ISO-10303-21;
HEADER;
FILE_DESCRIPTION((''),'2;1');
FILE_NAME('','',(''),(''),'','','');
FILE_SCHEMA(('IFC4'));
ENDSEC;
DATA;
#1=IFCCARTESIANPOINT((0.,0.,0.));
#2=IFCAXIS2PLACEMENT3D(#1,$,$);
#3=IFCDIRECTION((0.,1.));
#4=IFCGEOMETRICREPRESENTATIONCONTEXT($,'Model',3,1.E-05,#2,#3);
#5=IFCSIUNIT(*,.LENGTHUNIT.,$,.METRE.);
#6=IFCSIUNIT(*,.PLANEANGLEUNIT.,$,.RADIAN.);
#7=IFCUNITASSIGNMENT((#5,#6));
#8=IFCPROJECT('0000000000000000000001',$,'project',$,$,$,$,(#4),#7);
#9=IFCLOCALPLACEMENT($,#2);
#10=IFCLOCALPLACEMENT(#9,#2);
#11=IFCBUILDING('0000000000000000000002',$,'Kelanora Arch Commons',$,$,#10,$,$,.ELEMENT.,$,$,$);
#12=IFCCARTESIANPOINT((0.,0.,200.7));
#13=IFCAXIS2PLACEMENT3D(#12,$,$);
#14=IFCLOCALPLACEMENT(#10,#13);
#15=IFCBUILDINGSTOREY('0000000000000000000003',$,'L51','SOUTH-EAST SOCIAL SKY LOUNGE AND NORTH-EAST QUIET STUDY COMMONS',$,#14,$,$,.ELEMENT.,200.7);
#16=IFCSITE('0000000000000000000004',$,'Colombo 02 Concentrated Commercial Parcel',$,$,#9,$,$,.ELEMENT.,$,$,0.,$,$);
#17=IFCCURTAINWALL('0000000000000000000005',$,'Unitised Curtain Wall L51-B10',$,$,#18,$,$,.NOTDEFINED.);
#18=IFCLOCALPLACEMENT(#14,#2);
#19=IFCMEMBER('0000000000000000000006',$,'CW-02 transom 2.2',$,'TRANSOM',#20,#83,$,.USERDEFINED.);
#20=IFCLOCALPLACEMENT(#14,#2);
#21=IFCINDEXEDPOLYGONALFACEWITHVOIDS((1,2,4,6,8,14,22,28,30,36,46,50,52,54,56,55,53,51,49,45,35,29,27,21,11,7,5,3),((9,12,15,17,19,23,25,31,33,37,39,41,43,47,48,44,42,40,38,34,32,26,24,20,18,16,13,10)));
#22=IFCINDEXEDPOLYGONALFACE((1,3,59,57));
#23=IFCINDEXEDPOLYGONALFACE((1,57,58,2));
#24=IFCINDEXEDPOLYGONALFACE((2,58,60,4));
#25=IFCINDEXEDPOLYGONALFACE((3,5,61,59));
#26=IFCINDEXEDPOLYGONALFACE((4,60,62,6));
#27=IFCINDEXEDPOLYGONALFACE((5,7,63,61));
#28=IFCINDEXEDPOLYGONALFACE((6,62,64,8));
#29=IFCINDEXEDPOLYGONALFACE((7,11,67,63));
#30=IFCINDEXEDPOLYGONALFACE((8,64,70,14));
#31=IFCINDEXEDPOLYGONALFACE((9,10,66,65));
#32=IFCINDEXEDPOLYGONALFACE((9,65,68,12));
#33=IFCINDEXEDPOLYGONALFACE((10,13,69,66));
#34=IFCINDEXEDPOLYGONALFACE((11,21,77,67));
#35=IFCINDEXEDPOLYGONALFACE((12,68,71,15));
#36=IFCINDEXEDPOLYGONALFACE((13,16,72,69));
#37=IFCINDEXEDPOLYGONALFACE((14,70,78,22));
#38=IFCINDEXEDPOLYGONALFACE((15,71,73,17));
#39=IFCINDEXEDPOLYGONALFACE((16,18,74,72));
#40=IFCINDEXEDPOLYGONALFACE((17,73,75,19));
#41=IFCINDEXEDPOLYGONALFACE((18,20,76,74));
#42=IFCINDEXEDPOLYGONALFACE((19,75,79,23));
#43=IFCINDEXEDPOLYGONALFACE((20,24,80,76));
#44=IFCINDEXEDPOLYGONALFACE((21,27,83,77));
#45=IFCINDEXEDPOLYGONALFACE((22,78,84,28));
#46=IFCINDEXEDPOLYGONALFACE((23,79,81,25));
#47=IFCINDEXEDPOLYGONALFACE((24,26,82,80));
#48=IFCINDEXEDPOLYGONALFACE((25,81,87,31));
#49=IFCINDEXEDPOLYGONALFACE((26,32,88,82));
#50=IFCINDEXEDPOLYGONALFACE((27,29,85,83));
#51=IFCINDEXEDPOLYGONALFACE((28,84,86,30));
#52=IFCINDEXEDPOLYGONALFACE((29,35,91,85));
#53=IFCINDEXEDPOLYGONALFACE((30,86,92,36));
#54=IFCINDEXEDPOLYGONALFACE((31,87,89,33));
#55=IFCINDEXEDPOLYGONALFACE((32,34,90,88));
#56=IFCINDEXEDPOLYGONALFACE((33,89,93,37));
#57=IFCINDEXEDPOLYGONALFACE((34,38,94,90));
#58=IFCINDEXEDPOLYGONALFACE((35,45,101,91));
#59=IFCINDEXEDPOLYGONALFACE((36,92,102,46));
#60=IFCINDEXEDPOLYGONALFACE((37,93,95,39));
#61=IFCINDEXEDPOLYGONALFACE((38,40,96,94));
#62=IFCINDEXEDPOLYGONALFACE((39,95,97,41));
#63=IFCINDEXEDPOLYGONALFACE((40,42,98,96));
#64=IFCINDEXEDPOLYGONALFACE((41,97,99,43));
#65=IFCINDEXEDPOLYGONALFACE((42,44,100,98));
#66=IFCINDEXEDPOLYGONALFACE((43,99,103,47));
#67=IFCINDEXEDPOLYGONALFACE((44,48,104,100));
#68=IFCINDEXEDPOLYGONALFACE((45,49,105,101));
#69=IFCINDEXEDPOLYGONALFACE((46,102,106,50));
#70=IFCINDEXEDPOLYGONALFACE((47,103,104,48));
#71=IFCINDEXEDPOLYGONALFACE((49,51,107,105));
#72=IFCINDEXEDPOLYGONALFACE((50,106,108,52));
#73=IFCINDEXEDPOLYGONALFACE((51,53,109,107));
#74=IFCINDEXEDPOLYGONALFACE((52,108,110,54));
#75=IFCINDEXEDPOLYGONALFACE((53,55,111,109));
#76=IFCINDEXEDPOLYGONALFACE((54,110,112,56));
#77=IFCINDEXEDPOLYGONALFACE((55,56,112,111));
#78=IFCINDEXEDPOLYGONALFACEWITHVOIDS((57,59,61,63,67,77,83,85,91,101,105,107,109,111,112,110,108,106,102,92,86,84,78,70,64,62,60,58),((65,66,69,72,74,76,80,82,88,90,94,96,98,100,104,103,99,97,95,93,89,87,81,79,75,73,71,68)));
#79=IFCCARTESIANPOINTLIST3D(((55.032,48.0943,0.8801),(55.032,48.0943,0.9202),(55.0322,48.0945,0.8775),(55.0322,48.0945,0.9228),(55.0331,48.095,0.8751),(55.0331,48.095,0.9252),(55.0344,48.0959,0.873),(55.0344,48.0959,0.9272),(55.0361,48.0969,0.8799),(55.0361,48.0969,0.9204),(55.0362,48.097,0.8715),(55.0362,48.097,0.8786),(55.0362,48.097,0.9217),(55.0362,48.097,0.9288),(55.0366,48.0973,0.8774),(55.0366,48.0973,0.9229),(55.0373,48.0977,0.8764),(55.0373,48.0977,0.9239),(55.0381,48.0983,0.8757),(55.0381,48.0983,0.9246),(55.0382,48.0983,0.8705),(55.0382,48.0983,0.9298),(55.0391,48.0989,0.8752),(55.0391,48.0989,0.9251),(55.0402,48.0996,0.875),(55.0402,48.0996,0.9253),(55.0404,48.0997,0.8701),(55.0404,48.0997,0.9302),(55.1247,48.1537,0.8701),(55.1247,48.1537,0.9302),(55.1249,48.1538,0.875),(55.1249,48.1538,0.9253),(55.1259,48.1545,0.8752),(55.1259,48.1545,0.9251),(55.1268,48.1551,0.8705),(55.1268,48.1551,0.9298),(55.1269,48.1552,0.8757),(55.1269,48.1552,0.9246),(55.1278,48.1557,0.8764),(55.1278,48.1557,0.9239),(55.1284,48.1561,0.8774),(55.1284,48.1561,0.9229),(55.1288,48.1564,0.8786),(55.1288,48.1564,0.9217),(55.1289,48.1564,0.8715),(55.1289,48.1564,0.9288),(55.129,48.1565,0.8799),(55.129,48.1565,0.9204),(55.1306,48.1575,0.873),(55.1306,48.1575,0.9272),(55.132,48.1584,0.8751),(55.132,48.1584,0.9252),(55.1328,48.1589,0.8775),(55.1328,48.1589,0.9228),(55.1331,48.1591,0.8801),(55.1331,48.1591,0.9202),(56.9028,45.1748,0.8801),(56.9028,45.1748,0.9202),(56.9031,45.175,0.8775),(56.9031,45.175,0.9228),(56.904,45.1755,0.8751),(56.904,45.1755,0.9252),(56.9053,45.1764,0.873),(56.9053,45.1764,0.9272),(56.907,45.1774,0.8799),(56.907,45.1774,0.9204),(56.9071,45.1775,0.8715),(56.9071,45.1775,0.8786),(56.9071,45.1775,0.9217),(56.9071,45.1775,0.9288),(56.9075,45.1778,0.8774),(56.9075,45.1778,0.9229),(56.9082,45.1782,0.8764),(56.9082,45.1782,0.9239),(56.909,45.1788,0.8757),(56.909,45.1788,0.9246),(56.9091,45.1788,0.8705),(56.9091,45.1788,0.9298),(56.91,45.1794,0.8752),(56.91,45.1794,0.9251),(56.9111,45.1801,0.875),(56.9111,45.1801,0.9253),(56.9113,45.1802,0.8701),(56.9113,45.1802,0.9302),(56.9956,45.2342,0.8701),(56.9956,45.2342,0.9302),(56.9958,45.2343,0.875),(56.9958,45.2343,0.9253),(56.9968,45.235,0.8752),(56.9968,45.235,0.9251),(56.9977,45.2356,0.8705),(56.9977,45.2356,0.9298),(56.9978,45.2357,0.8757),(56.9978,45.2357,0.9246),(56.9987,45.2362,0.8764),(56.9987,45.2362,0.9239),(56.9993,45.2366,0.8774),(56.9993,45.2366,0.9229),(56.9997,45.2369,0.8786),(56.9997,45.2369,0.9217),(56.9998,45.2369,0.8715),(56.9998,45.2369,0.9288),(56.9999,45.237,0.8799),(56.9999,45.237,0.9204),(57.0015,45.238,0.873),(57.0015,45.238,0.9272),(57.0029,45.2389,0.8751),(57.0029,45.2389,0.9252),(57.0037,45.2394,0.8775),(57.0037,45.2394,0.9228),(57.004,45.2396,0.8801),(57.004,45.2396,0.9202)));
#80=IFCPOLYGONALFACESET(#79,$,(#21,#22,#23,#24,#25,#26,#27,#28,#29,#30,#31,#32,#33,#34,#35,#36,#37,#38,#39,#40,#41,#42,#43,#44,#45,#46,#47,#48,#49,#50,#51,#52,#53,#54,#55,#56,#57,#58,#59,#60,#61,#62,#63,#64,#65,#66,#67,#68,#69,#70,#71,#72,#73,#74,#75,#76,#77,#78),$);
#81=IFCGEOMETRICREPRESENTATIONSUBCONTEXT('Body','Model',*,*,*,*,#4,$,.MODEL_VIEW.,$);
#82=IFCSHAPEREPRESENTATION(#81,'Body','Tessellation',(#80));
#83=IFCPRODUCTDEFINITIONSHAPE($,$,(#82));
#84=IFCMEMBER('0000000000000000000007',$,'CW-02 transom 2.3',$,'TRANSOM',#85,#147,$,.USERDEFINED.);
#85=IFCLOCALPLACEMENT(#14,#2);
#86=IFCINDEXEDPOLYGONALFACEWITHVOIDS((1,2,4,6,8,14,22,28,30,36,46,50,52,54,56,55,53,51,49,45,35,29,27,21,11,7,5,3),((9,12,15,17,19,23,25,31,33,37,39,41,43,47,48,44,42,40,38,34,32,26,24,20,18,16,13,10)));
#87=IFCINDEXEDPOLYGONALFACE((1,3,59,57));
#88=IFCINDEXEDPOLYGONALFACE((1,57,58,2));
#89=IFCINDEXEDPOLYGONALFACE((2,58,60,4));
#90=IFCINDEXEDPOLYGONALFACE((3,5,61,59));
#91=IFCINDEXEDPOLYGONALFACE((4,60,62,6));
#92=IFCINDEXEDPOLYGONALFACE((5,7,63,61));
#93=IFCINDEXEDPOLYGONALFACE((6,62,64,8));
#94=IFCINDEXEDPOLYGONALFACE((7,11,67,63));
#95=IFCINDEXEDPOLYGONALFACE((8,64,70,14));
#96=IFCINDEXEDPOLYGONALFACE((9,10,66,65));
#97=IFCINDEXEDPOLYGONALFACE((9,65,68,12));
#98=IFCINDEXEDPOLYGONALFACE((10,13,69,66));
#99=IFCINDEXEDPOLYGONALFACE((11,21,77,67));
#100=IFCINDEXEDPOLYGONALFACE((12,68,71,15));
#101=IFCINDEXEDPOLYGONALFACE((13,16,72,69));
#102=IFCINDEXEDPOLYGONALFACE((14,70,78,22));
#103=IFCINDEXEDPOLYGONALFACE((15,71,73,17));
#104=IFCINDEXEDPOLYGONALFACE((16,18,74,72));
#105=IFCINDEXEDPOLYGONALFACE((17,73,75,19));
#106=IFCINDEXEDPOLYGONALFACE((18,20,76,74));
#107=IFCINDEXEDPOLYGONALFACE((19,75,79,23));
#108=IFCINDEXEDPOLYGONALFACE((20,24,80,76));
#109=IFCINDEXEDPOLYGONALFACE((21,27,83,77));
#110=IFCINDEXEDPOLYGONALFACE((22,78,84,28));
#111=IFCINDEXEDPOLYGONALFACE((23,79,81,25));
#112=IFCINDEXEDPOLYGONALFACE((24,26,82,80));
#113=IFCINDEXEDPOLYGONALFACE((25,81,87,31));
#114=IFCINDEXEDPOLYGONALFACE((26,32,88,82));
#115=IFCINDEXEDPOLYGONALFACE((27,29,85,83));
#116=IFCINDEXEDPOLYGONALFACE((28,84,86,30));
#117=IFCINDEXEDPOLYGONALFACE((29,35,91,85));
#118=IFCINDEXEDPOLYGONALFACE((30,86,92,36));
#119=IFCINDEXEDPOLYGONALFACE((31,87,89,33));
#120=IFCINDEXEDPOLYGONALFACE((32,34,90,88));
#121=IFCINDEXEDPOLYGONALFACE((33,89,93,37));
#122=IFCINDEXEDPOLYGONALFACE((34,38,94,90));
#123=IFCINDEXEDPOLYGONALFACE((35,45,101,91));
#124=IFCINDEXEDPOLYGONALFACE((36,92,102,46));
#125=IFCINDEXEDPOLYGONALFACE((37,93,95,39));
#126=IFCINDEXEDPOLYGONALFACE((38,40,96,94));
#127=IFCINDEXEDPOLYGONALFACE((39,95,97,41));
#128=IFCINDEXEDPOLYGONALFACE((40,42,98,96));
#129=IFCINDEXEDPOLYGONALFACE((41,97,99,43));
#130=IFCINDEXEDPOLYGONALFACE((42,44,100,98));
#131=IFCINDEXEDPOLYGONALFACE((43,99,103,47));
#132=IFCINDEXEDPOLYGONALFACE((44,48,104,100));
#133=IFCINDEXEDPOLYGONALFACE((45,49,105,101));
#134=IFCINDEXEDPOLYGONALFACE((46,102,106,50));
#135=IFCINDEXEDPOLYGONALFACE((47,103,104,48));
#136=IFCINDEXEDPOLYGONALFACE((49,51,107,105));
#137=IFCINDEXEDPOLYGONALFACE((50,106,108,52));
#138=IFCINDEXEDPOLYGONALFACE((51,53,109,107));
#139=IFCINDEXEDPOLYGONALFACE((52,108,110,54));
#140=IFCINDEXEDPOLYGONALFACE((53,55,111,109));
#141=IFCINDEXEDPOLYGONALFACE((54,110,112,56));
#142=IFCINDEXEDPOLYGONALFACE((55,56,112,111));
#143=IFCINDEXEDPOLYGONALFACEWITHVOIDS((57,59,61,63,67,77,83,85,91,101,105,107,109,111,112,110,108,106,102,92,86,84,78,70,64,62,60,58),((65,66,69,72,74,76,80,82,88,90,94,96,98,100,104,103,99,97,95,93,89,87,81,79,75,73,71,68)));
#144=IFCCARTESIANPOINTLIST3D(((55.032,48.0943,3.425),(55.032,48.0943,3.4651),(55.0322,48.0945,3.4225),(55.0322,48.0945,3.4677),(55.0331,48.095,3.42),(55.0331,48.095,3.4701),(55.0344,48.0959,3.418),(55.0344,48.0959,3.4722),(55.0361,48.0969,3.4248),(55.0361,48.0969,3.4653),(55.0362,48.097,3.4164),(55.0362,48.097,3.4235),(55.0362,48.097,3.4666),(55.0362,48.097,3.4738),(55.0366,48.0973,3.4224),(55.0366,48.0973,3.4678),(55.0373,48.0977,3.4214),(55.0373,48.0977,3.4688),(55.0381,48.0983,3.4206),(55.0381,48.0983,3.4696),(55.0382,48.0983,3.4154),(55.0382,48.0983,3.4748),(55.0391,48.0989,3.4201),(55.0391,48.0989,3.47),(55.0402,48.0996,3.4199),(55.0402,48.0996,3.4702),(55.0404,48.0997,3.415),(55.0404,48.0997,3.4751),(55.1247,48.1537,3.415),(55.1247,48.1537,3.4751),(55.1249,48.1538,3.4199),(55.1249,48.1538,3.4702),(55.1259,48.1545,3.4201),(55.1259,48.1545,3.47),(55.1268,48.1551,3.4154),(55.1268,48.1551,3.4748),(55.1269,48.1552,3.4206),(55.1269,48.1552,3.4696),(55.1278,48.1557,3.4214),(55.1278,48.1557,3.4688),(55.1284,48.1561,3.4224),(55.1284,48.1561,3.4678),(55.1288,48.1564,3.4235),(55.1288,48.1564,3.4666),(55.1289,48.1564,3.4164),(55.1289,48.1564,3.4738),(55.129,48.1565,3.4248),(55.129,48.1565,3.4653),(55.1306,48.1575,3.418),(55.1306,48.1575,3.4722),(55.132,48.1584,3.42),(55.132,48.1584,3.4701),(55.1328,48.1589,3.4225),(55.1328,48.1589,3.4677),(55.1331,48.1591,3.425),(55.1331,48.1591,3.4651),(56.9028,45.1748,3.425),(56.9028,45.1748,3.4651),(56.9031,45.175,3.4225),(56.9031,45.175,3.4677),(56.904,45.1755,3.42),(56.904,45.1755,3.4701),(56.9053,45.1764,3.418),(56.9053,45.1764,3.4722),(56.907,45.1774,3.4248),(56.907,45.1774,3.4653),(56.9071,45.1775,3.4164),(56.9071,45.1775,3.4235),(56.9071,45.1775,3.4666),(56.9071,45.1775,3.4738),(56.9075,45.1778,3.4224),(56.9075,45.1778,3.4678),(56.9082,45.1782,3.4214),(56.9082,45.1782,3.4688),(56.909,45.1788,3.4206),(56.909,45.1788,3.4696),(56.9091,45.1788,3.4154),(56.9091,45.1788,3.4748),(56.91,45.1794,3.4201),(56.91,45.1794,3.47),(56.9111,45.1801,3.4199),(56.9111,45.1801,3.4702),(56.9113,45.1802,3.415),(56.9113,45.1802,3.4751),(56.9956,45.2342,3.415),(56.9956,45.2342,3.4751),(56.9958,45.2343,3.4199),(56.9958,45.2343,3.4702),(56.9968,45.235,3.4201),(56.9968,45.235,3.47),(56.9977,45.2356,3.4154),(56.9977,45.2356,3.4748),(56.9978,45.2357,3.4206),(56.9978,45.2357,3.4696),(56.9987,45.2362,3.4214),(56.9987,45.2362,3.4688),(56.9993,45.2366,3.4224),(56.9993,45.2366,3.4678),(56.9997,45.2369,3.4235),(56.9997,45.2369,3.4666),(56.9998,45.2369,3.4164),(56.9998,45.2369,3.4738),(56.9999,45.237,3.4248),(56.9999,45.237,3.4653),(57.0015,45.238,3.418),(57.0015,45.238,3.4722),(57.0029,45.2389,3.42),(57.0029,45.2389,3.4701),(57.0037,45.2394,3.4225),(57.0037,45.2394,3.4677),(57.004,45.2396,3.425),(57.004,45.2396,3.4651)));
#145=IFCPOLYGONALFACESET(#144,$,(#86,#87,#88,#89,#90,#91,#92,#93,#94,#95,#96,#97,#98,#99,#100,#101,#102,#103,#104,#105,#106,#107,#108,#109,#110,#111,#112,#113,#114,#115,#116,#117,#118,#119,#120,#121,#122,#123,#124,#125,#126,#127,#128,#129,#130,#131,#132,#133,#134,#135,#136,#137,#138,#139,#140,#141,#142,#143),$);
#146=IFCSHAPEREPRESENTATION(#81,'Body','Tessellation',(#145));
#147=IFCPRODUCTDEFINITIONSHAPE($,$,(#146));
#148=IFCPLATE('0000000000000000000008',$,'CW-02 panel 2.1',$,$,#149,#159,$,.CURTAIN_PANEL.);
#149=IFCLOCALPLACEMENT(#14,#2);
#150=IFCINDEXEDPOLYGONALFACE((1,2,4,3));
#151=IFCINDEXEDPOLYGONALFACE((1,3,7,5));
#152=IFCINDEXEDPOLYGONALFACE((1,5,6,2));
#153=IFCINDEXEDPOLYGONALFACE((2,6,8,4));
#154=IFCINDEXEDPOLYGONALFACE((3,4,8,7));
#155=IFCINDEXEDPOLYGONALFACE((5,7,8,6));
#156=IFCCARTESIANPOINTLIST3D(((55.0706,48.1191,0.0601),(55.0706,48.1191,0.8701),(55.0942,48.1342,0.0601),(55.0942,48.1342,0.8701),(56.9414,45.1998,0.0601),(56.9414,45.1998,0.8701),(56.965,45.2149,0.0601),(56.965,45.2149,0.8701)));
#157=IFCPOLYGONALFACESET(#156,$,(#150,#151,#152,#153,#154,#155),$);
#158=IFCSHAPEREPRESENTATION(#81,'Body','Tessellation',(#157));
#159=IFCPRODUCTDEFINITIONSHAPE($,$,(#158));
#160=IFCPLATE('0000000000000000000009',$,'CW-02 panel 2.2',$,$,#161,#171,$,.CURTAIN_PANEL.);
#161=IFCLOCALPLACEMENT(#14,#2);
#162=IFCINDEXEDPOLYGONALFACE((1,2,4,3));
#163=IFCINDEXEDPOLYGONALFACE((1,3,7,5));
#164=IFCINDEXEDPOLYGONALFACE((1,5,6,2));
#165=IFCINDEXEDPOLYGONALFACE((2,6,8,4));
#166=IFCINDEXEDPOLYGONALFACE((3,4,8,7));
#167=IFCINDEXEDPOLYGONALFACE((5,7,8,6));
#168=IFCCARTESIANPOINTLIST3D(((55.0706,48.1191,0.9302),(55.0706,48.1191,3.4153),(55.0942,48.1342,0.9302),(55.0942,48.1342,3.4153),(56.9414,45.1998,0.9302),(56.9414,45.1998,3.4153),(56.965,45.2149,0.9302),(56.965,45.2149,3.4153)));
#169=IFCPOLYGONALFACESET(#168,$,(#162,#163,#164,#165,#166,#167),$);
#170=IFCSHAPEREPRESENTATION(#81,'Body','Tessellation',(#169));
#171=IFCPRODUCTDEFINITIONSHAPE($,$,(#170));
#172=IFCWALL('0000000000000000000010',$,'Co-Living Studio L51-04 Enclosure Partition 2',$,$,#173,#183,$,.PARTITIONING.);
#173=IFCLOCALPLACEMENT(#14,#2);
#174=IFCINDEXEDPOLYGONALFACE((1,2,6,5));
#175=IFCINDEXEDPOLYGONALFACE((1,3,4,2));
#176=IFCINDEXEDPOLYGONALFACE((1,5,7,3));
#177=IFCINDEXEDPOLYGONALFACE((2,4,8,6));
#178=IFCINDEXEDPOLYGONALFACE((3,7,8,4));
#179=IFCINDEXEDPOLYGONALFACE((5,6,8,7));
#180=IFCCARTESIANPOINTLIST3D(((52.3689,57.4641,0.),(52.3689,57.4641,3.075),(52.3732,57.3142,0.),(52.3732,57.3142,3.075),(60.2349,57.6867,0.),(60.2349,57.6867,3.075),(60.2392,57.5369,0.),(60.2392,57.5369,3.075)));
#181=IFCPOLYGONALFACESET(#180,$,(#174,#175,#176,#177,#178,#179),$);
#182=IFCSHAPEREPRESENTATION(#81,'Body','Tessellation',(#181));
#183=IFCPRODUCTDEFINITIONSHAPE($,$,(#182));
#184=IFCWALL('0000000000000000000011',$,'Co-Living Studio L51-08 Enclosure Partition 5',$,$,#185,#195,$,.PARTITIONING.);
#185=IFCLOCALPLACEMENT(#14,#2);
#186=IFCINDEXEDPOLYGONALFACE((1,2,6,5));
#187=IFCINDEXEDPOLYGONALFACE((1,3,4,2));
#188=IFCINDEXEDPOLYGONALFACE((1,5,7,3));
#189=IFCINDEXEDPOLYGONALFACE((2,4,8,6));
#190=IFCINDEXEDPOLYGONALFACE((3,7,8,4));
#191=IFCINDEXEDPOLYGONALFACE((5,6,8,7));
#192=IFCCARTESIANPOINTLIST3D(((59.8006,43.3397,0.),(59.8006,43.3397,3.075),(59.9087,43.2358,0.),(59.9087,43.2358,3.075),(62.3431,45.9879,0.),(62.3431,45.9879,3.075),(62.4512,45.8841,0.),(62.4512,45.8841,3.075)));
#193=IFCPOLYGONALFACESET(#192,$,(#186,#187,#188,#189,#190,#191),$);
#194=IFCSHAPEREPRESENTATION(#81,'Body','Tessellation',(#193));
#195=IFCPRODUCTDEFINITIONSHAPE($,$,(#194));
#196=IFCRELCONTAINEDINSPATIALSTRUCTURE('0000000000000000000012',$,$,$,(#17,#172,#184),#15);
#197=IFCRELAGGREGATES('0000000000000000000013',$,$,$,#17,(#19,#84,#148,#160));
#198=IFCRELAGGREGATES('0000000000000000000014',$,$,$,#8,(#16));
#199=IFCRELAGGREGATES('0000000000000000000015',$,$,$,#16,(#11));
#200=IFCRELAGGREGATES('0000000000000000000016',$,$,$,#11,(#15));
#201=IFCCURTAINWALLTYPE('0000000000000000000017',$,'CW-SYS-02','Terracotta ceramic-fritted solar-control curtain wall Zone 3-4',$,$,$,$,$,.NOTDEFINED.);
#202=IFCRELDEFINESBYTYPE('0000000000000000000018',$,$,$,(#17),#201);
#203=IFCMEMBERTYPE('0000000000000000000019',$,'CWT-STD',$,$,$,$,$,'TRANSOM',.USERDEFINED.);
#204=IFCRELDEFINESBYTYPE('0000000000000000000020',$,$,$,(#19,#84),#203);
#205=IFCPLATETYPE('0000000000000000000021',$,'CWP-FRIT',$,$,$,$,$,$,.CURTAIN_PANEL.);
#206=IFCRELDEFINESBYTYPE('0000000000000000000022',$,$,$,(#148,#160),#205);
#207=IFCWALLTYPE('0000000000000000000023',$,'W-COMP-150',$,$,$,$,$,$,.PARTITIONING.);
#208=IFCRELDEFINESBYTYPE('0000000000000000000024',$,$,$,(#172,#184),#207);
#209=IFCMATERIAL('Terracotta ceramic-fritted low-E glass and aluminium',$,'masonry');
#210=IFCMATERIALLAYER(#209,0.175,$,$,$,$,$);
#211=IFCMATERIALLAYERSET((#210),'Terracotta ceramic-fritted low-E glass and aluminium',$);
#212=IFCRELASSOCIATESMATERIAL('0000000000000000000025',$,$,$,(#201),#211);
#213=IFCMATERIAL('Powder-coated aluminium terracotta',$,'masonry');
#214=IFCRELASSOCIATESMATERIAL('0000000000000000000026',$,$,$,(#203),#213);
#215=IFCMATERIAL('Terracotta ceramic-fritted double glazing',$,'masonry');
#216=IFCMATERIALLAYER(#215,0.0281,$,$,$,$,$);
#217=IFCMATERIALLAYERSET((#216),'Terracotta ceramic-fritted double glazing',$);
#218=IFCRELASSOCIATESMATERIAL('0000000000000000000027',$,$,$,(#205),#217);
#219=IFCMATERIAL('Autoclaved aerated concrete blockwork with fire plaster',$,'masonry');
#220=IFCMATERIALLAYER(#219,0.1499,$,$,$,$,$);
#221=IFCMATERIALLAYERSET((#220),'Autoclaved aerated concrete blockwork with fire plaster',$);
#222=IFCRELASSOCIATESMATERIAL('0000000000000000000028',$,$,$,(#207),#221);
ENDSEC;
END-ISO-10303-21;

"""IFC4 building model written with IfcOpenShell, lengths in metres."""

from ifc_helpers import new_model, si_unit, direction, frame, frame_2d, origin, origin_2d, place, context, subcontext, project, spatial, rectangle, hollow_rectangle, extrude, source, transform, mapped, material, layer, layer_set, material_profile, profile_set, type_object, element, aggregate, save


model = new_model("IFC4")

# Units and contexts
model_context = context("Model", 3, precision=1e-05, world=origin(), true_north=direction((0.0, 1.0)))
body_context = subcontext(model_context, "Body", "Model", "MODEL_VIEW")
ifc_project = project(units=[si_unit("LENGTHUNIT", "METRE"), si_unit("PLANEANGLEUNIT", "RADIAN")], contexts=[model_context])

# Site, building, storey
site_placement = place(None, origin())
site = spatial("IfcSite", under=ifc_project, at=site_placement, Name="Colombo 02 Concentrated Commercial Parcel", CompositionType="ELEMENT", RefElevation=0.0)
building_placement = place(site_placement, origin())
building = spatial("IfcBuilding", under=site, at=building_placement, Name="Kelanora Arch Commons", CompositionType="ELEMENT")
storey_placement = place(building_placement, frame((0.0, 0.0, 200.7)))
storey = spatial("IfcBuildingStorey", under=building, at=storey_placement, Name="L51", Description="SOUTH-EAST SOCIAL SKY LOUNGE AND NORTH-EAST QUIET STUDY COMMONS", CompositionType="ELEMENT", Elevation=200.7)

# Curtain wall, members, plates
ifc_material_1 = material(Name="Terracotta ceramic-fritted low-E glass and aluminium", Category="masonry")
ifc_layer_1 = layer(ifc_material_1, 0.175)
ifc_layer_set_1 = layer_set([ifc_layer_1], Name="Terracotta ceramic-fritted low-E glass and aluminium")
curtain_wall_type = type_object("IfcCurtainWallType", Name="CW-SYS-02", Description="Terracotta ceramic-fritted solar-control curtain wall Zone 3-4", PredefinedType="NOTDEFINED", material=ifc_layer_set_1)
curtain_wall_placement = place(storey_placement, origin())
curtain_wall = element("IfcCurtainWall", 1, at=curtain_wall_placement, inside=storey, type_object=curtain_wall_type, Name="Unitised Curtain Wall L51-B10", PredefinedType="NOTDEFINED")
ifc_material_2 = material(Name="Powder-coated aluminium terracotta", Category="masonry")
ifc_material_profile_1 = material_profile(ifc_material_2, hollow_rectangle(XDim=0.1201, YDim=0.0601, WallThickness=0.0049, InnerFilletRadius=0.0049, OuterFilletRadius=0.01, at=origin_2d()), Name="CWT120x60")
ifc_profile_set_1 = profile_set([ifc_material_profile_1], Name="Powder-coated aluminium terracotta")
member_type_1 = type_object("IfcMemberType", Name="CWT-STD", ElementType="TRANSOM", PredefinedType="USERDEFINED", material=ifc_profile_set_1)
member_1_placement = place(storey_placement, frame((55.0825, 48.1267, 0.9001), z_axis=(0.539547, -0.841955, 0.0), x_axis=(0.841955, 0.539547, 0.0)))
member_1 = element("IfcMember", 2, at=member_1_placement, type_object=member_type_1, Name="CW-02 transom 2.2", ObjectType="TRANSOM", PredefinedType="USERDEFINED", context=body_context, shape_type="SweptSolid", body=[
    extrude(hollow_rectangle(XDim=0.1201, YDim=0.0601, WallThickness=0.0049, InnerFilletRadius=0.0049, OuterFilletRadius=0.01, at=origin_2d()), origin(), (0.0, 0.0, 1.0), 3.4675),
])
member_2_placement = place(storey_placement, frame((55.0825, 48.1267, 3.4451), z_axis=(0.539547, -0.841955, 0.0), x_axis=(0.841955, 0.539547, 0.0)))
member_2 = element("IfcMember", 3, at=member_2_placement, type_object=member_type_1, Name="CW-02 transom 2.3", ObjectType="TRANSOM", PredefinedType="USERDEFINED", context=body_context, shape_type="SweptSolid", body=[
    extrude(hollow_rectangle(XDim=0.1201, YDim=0.0601, WallThickness=0.0049, InnerFilletRadius=0.0049, OuterFilletRadius=0.01, at=origin_2d()), origin(), (0.0, 0.0, 1.0), 3.4675),
])
ifc_material_3 = material(Name="Terracotta ceramic-fritted double glazing", Category="masonry")
ifc_layer_2 = layer(ifc_material_3, 0.0281)
ifc_layer_set_2 = layer_set([ifc_layer_2], Name="Terracotta ceramic-fritted double glazing")
plate_type = type_object("IfcPlateType", Name="CWP-FRIT", PredefinedType="CURTAIN_PANEL", material=ifc_layer_set_2)
shared_shape_1 = source(origin(), body_context, "Body", "SweptSolid", [
    extrude(rectangle(XDim=3.4673, YDim=0.0281, at=origin_2d()), origin(), (0.0, 0.0, 1.0), 0.8101),
])
plate_1_placement = place(storey_placement, frame((56.0178, 46.667, 0.0601), z_axis=(0.0, 0.0, 1.0), x_axis=(0.539559, -0.841948, 0.0)))
plate_1 = element("IfcPlate", 4, at=plate_1_placement, type_object=plate_type, Name="CW-02 panel 2.1", PredefinedType="CURTAIN_PANEL", context=body_context, shape_type="MappedRepresentation", body=[
    mapped(shared_shape_1, transform((0.0, 0.0, 0.0), scale=1.0)),
])
shared_shape_2 = source(origin(), body_context, "Body", "SweptSolid", [
    extrude(rectangle(XDim=3.4673, YDim=0.0281, at=origin_2d()), origin(), (0.0, 0.0, 1.0), 2.4851),
])
plate_2_placement = place(storey_placement, frame((56.0178, 46.667, 0.9302), z_axis=(0.0, 0.0, 1.0), x_axis=(0.539559, -0.841948, 0.0)))
plate_2 = element("IfcPlate", 5, at=plate_2_placement, type_object=plate_type, Name="CW-02 panel 2.2", PredefinedType="CURTAIN_PANEL", context=body_context, shape_type="MappedRepresentation", body=[
    mapped(shared_shape_2, transform((0.0, 0.0, 0.0), scale=1.0)),
])
aggregate(curtain_wall, [member_1, member_2, plate_1, plate_2])

# Walls
ifc_material_4 = material(Name="Autoclaved aerated concrete blockwork with fire plaster", Category="masonry")
ifc_layer_3 = layer(ifc_material_4, 0.1499)
ifc_layer_set_3 = layer_set([ifc_layer_3], Name="Autoclaved aerated concrete blockwork with fire plaster")
wall_type_1 = type_object("IfcWallType", Name="W-COMP-150", PredefinedType="PARTITIONING", material=ifc_layer_set_3)
wall_1_placement = place(storey_placement, frame((60.2371, 57.6118, 0.0), z_axis=(0.0, 0.0, 1.0), x_axis=(-0.9996, -0.028295, 0.0)))
element("IfcWall", 6, at=wall_1_placement, inside=storey, type_object=wall_type_1, Name="Co-Living Studio L51-04 Enclosure Partition 2", PredefinedType="PARTITIONING", context=body_context, shape_type="SweptSolid", body=[
    extrude(rectangle(XDim=7.8691, YDim=0.1499, at=frame_2d((3.9346, 0.0))), origin(), (0.0, 0.0, 1.0), 3.075),
])
wall_2_placement = place(storey_placement, frame((59.8547, 43.2878, 0.0), z_axis=(0.0, 0.0, 1.0), x_axis=(0.692562, 0.721358, 0.0)))
element("IfcWall", 7, at=wall_2_placement, inside=storey, type_object=wall_type_1, Name="Co-Living Studio L51-08 Enclosure Partition 5", PredefinedType="PARTITIONING", context=body_context, shape_type="SweptSolid", body=[
    extrude(rectangle(XDim=3.6711, YDim=0.1499, at=frame_2d((1.8354, 0.0))), origin(), (0.0, 0.0, 1.0), 3.075),
])

save(model, "model.ifc")
